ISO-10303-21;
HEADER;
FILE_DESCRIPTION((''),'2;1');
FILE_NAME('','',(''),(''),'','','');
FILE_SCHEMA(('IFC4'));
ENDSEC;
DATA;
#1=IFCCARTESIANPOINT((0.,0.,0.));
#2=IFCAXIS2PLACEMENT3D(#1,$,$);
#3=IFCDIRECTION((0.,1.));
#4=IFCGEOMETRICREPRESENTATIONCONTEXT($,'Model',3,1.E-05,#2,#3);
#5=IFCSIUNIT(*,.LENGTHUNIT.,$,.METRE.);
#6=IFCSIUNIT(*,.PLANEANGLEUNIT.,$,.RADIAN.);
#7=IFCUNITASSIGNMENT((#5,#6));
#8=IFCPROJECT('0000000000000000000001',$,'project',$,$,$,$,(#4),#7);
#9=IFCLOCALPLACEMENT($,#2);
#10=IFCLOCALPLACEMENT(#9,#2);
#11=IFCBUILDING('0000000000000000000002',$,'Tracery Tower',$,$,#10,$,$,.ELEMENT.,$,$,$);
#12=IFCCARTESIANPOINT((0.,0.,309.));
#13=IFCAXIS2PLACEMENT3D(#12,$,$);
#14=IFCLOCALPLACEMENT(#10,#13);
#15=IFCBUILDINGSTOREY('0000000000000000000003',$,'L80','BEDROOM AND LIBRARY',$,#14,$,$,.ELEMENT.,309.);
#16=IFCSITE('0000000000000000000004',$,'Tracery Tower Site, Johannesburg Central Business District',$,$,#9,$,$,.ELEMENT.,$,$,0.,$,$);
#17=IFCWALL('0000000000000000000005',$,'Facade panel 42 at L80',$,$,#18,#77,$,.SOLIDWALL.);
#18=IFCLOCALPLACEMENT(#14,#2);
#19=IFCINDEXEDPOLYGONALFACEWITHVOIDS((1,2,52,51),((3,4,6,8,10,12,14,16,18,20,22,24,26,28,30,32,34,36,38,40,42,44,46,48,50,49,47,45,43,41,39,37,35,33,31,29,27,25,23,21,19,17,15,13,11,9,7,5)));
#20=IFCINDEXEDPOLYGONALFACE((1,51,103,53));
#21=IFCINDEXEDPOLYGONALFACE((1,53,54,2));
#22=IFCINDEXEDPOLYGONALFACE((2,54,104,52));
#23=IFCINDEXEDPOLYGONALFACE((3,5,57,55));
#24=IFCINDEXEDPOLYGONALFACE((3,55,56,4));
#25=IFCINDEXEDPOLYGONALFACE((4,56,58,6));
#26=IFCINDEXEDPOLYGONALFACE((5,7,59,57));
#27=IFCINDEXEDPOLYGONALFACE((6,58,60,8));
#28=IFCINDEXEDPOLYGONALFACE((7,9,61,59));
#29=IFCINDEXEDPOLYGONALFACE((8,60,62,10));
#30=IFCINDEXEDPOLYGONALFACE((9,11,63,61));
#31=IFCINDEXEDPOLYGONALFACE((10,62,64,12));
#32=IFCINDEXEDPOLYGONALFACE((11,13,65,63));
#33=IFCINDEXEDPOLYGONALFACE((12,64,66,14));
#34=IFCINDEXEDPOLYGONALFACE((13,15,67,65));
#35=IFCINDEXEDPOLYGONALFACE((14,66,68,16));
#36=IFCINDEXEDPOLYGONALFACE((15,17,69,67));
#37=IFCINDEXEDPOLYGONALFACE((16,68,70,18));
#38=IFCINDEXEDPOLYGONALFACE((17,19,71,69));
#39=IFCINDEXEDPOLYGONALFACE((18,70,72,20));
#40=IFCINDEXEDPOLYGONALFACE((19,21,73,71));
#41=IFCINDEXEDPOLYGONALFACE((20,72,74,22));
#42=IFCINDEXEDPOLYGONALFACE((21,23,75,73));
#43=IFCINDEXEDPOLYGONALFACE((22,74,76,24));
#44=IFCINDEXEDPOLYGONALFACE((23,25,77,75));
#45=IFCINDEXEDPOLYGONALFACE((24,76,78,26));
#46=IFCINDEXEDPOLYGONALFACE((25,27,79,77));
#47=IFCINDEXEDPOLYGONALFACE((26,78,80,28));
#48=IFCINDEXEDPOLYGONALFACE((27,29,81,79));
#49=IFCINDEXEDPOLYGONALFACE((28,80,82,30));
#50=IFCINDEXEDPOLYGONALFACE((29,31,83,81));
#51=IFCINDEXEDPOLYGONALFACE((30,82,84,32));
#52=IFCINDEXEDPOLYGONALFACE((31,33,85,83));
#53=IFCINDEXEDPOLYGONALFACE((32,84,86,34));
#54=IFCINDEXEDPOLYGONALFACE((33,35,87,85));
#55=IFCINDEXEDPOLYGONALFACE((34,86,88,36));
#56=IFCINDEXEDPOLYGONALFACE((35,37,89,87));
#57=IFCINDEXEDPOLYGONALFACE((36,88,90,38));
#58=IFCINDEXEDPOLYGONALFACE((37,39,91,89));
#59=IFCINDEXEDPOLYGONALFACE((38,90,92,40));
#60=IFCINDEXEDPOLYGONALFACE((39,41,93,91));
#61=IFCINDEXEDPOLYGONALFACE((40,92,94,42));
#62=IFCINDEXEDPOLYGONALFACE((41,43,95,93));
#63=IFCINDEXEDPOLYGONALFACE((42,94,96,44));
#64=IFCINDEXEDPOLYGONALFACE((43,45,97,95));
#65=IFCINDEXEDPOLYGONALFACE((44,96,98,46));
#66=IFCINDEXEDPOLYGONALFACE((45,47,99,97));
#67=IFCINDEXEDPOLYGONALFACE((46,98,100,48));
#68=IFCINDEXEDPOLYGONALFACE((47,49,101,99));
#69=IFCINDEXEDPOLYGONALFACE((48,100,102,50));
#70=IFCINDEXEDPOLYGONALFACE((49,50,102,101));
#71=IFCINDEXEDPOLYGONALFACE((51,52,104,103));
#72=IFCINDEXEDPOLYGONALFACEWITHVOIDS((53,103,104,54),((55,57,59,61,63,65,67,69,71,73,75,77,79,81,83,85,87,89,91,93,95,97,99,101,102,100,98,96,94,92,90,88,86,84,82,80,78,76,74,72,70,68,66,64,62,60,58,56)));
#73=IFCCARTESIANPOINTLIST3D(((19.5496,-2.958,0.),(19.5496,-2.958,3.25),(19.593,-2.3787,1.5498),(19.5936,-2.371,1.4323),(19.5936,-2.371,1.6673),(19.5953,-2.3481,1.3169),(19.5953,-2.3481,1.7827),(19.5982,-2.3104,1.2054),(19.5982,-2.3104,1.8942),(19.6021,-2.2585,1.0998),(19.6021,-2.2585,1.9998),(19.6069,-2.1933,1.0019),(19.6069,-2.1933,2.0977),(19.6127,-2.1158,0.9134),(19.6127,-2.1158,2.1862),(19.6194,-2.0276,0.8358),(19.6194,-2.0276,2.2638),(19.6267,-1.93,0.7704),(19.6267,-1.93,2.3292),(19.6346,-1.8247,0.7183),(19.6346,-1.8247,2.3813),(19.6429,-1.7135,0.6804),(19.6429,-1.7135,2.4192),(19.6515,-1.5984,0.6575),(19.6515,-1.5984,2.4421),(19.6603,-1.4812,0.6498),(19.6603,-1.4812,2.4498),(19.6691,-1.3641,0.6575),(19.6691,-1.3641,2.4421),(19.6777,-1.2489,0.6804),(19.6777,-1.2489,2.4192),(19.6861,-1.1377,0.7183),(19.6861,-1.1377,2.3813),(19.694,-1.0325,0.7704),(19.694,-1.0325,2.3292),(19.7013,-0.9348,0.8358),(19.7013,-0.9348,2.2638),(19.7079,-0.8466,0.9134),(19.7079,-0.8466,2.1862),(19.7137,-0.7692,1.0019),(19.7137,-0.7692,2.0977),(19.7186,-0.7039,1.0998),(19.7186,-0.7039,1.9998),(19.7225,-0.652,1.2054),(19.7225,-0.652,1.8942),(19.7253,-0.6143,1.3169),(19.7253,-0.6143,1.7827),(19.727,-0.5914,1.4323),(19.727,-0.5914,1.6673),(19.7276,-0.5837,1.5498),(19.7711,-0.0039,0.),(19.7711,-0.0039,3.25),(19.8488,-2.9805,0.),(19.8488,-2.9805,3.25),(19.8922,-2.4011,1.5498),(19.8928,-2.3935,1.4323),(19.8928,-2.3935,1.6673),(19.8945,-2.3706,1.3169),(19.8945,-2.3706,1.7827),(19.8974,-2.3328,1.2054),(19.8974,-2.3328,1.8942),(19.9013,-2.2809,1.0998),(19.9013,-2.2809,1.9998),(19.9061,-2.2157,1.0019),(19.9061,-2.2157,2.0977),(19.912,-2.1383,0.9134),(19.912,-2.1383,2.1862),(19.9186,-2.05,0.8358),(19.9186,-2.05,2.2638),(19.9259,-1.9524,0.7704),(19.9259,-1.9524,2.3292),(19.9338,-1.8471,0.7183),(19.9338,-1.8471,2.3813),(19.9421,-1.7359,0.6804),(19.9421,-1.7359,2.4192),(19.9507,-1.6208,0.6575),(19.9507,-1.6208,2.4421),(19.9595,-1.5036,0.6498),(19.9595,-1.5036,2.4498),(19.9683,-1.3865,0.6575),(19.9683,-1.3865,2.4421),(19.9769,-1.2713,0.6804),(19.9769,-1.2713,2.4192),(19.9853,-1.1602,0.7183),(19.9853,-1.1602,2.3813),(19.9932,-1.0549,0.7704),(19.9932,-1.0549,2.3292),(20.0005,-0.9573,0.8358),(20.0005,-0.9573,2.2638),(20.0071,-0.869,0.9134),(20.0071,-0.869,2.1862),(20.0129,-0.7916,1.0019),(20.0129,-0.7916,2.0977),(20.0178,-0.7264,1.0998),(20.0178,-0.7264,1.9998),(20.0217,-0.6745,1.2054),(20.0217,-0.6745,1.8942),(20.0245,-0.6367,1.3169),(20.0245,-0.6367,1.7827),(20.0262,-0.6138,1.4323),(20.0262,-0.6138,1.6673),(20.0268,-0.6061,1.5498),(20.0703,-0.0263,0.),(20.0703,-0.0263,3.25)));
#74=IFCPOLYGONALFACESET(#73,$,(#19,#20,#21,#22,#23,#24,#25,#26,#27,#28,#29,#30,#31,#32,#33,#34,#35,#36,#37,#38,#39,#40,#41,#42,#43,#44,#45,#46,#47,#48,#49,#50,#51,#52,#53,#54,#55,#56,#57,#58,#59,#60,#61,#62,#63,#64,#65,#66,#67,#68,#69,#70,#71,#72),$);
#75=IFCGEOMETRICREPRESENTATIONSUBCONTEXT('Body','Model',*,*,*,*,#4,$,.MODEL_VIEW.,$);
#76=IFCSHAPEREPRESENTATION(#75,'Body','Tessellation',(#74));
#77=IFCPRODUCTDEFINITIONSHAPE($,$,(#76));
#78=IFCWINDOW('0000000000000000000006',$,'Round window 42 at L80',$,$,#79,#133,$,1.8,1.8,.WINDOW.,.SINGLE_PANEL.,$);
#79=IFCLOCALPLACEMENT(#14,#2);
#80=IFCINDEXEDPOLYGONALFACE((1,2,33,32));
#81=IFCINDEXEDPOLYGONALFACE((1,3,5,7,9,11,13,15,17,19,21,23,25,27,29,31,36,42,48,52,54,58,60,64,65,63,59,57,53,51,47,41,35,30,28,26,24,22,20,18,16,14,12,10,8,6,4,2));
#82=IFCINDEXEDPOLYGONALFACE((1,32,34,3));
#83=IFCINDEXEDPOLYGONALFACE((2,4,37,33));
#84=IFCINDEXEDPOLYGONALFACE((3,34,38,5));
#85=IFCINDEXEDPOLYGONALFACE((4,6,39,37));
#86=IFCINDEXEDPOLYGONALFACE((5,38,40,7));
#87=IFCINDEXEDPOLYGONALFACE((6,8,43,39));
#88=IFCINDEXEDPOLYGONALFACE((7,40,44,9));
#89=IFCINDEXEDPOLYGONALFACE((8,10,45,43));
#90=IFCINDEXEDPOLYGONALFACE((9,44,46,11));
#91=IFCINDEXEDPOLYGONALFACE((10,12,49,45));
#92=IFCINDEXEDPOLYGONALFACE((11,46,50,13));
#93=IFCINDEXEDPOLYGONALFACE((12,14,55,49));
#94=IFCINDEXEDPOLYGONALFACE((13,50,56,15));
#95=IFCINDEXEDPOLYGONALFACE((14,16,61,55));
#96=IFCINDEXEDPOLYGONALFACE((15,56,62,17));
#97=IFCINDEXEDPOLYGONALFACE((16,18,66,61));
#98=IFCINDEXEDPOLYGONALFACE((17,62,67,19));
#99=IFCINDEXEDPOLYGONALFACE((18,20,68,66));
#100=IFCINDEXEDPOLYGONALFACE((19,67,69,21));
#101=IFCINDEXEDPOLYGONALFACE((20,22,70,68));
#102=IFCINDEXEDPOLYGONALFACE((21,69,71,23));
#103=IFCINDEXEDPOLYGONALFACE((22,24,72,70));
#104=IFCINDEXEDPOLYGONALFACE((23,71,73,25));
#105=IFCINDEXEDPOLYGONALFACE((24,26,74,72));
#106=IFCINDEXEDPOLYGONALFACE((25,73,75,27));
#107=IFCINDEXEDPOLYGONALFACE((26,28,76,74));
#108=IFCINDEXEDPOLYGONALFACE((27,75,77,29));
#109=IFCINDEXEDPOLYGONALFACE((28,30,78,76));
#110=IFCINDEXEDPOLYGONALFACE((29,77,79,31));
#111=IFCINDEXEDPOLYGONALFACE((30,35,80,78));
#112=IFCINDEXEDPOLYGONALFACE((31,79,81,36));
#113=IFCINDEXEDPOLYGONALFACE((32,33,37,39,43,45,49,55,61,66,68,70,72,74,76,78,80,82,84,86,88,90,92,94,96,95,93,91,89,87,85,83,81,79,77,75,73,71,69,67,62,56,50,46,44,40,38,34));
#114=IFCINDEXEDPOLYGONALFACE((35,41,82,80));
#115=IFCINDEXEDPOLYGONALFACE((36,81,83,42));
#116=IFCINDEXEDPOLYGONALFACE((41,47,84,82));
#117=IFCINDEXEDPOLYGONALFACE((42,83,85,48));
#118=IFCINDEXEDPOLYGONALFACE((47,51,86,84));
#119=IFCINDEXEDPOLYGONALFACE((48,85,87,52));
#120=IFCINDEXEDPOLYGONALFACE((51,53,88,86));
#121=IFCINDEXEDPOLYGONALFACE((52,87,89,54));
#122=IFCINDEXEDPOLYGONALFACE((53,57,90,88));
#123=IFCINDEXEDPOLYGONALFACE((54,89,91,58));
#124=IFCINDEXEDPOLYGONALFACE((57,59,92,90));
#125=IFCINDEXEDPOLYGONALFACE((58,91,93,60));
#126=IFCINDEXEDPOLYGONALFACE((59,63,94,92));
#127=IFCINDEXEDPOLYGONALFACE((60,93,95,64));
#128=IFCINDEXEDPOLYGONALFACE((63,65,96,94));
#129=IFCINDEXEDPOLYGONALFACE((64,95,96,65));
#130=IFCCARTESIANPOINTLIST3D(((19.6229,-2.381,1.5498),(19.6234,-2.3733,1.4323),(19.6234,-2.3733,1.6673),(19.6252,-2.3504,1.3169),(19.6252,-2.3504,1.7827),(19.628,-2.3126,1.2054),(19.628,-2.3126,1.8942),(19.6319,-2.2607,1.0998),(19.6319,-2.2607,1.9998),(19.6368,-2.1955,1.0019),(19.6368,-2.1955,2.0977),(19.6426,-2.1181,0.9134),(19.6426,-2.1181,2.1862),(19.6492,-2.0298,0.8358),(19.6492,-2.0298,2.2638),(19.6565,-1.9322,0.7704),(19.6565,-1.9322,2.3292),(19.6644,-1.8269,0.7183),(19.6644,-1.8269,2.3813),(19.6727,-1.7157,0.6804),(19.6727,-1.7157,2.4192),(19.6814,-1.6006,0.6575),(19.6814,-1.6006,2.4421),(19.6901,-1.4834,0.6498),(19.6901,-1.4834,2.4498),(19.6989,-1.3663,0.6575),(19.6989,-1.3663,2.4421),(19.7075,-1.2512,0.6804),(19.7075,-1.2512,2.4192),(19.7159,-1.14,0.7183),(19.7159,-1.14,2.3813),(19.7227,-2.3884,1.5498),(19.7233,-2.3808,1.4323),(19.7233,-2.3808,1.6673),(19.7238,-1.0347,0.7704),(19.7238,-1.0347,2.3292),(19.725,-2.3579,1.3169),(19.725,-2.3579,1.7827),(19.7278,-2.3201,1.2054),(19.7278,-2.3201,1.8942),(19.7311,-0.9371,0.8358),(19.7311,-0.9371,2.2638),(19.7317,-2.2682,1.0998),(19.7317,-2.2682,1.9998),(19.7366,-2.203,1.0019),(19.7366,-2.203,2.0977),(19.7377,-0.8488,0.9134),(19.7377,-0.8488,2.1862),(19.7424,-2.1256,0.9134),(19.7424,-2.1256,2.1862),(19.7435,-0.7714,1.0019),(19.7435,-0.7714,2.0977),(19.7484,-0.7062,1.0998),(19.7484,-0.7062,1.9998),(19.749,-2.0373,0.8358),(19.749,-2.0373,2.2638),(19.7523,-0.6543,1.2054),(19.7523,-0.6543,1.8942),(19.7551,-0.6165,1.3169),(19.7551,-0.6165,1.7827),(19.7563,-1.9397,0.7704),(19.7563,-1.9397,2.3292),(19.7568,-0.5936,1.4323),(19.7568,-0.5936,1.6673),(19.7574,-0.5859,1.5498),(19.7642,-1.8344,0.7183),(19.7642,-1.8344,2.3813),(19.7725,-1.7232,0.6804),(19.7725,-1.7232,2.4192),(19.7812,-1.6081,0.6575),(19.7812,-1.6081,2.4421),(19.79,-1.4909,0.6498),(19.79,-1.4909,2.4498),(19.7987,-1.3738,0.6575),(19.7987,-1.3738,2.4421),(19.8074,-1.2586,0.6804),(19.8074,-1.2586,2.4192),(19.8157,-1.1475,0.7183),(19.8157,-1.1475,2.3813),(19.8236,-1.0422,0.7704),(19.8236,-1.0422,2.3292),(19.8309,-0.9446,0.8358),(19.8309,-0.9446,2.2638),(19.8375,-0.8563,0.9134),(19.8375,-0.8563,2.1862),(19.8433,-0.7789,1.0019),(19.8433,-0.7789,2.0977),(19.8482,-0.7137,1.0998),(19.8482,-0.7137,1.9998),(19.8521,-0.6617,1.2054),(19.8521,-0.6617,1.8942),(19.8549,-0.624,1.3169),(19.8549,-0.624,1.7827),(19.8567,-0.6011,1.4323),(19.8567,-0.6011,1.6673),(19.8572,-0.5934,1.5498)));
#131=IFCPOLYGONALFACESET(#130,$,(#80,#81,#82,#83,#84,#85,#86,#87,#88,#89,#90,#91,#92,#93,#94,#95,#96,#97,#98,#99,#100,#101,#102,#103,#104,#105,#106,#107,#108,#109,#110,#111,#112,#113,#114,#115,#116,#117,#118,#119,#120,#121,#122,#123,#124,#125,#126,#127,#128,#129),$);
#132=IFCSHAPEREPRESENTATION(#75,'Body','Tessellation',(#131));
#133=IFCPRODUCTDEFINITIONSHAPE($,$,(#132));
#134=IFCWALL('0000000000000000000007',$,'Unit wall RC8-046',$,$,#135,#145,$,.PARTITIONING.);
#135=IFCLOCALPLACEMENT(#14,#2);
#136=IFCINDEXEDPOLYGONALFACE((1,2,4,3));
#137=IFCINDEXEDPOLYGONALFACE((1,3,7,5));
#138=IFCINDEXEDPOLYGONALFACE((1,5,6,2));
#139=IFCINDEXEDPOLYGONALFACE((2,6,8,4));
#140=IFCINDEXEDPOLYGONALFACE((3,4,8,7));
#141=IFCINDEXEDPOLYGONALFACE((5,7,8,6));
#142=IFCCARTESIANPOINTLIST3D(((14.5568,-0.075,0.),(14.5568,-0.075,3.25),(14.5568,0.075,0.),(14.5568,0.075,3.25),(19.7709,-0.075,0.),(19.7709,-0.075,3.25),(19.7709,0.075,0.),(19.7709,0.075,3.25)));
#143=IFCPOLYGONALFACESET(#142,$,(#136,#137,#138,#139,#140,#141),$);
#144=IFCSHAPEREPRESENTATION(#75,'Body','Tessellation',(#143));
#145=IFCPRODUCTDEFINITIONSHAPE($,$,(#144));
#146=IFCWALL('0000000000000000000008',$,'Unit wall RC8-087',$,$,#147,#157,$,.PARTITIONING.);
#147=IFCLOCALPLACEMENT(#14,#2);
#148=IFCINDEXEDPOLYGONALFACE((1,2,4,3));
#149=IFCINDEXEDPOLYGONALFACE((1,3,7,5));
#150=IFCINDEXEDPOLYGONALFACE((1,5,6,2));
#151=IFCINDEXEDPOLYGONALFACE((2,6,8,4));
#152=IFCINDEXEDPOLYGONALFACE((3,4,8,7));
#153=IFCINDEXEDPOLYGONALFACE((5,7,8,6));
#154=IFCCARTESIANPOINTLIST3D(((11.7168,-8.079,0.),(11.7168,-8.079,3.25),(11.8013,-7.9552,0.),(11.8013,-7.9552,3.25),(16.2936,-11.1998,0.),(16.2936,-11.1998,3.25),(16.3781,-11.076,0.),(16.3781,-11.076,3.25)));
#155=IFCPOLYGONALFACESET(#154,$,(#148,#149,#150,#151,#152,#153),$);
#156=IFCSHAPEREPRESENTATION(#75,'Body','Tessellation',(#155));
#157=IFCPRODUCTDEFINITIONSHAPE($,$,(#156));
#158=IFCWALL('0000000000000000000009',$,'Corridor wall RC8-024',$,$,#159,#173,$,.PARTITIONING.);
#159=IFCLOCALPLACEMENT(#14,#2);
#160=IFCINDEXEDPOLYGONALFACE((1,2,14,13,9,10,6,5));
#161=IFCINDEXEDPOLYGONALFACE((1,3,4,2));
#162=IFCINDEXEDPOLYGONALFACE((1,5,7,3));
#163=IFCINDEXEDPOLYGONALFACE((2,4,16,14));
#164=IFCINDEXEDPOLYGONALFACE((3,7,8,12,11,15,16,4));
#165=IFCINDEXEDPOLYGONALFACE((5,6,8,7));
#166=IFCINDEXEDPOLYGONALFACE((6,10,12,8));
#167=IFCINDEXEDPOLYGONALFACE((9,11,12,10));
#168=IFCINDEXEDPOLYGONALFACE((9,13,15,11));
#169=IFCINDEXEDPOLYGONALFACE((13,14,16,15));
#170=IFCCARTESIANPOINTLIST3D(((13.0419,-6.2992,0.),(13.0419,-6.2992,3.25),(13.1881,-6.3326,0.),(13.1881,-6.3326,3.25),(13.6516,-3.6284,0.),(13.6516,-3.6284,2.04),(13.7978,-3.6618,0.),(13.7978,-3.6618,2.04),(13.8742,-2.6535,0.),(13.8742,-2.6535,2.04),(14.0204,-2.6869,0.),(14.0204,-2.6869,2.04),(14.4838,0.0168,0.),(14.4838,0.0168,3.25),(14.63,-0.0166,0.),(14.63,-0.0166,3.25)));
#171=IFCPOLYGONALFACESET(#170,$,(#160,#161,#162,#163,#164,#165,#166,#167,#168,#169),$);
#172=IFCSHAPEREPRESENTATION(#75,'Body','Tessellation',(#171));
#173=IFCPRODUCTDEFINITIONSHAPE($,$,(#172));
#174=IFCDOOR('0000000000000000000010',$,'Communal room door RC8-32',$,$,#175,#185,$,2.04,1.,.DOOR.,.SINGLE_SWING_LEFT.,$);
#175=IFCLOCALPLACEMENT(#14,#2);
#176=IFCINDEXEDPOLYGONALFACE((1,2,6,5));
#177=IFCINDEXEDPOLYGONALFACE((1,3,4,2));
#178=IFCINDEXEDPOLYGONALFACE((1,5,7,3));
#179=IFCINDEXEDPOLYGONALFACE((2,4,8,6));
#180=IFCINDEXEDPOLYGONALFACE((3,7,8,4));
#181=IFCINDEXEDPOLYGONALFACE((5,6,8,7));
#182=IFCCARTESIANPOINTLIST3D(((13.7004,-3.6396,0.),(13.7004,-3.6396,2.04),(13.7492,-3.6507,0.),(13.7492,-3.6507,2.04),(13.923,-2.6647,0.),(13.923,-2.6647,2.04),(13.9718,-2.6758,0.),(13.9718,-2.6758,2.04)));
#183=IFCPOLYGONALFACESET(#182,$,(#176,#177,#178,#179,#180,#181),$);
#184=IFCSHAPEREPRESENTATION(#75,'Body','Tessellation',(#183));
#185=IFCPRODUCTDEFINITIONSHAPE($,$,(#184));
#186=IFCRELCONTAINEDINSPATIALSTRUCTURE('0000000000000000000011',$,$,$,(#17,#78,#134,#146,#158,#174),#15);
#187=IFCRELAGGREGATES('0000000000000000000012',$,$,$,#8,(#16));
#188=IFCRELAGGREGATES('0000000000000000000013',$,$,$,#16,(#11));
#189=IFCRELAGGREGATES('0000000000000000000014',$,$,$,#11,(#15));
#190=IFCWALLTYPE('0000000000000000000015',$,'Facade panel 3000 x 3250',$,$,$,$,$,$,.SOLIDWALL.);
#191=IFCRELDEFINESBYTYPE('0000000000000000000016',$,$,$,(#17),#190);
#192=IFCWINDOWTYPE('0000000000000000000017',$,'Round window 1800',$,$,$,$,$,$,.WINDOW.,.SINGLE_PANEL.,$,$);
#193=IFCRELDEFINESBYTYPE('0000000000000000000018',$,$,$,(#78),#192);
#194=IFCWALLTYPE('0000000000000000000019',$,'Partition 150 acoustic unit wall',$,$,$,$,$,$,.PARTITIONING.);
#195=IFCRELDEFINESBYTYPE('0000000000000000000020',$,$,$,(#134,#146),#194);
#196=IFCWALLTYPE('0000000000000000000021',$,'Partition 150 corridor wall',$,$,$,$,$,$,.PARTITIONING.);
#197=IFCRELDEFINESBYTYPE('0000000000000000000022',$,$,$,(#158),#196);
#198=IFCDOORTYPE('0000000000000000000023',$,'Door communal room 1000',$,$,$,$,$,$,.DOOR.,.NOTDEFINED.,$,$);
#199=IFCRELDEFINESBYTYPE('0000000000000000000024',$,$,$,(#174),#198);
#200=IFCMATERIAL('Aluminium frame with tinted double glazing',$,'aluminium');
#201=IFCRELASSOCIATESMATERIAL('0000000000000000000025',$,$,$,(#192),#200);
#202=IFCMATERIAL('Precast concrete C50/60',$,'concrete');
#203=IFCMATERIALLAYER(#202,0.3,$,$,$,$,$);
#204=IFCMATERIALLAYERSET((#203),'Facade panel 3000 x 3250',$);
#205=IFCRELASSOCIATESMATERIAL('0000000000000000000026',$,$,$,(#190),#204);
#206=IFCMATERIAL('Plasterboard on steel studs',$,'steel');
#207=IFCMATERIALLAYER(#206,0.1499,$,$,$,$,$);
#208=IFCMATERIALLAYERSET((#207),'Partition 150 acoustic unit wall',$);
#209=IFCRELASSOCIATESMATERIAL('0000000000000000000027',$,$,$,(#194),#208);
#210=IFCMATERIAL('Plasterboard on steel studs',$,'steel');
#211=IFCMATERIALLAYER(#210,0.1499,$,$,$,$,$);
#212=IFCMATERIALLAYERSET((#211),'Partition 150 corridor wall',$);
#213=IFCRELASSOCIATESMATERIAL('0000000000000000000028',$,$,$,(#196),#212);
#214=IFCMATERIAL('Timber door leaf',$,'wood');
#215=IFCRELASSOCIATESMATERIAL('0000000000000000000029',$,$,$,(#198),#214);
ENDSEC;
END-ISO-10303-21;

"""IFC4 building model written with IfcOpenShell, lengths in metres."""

from ifc_helpers import new_model, si_unit, direction, frame, frame_2d, origin, origin_2d, place, context, subcontext, project, spatial, rectangle, circle, extrude, material, layer, layer_set, type_object, element, fill, save


model = new_model("IFC4")

# Units and contexts
model_context = context("Model", 3, precision=1e-05, world=origin(), true_north=direction((0.0, 1.0)))
body_context = subcontext(model_context, "Body", "Model", "MODEL_VIEW")
ifc_project = project(units=[si_unit("LENGTHUNIT", "METRE"), si_unit("PLANEANGLEUNIT", "RADIAN")], contexts=[model_context])

# Site, building, storey
site_placement = place(None, origin())
site = spatial("IfcSite", under=ifc_project, at=site_placement, Name="Tracery Tower Site, Johannesburg Central Business District", CompositionType="ELEMENT", RefElevation=0.0)
building_placement = place(site_placement, origin())
building = spatial("IfcBuilding", under=site, at=building_placement, Name="Tracery Tower", CompositionType="ELEMENT")
storey_placement = place(building_placement, frame((0.0, 0.0, 309.0)))
storey = spatial("IfcBuildingStorey", under=building, at=storey_placement, Name="L80", Description="BEDROOM AND LIBRARY", CompositionType="ELEMENT", Elevation=309.0)

# Wall, opening, window
ifc_material_1 = material(Name="Aluminium frame with tinted double glazing", Category="aluminium")
window_type = type_object("IfcWindowType", Name="Round window 1800", PartitioningType="SINGLE_PANEL", PredefinedType="WINDOW", material=ifc_material_1)
ifc_material_2 = material(Name="Precast concrete C50/60", Category="concrete")
ifc_layer_1 = layer(ifc_material_2, 0.3)
ifc_layer_set_1 = layer_set([ifc_layer_1], Name="Facade panel 3000 x 3250")
wall_type_1 = type_object("IfcWallType", Name="Facade panel 3000 x 3250", PredefinedType="SOLIDWALL", material=ifc_layer_set_1)
wall_1_placement = place(storey_placement, frame((19.6992, -2.9692, 0.0), z_axis=(0.0, 0.0, 1.0), x_axis=(0.074749, 0.997202, 0.0)))
wall_1 = element("IfcWall", 1, at=wall_1_placement, inside=storey, type_object=wall_type_1, Name="Facade panel 42 at L80", PredefinedType="SOLIDWALL", context=body_context, shape_type="SweptSolid", body=[
    extrude(rectangle(XDim=2.9624, YDim=0.3, at=frame_2d((1.4812, 0.0))), origin(), (0.0, 0.0, 1.0), 3.25),
])
opening_1_placement = place(wall_1_placement, frame((1.481, 0.0, 1.5498)))
opening_1 = element("IfcOpeningElement", 2, at=opening_1_placement, cuts=wall_1, PredefinedType="OPENING", context=body_context, shape_type="SweptSolid", body=[
    extrude(circle(Radius=0.9, at=origin_2d()), frame((0.0, 0.1599, 0.0), z_axis=(0.0, -1.0, 0.0), x_axis=(1.0, 0.0, 0.0)), (0.0, 0.0, 1.0), 0.3201),
])
window_1_placement = place(opening_1_placement, origin())
window_1 = element("IfcWindow", 3, at=window_1_placement, inside=storey, type_object=window_type, Name="Round window 42 at L80", OverallHeight=1.8, OverallWidth=1.8, PartitioningType="SINGLE_PANEL", PredefinedType="WINDOW", context=body_context, shape_type="SweptSolid", body=[
    extrude(circle(Radius=0.9, at=origin_2d()), frame((0.0, 0.1201, 0.0), z_axis=(0.0, -1.0, 0.0), x_axis=(1.0, 0.0, 0.0)), (0.0, 0.0, 1.0), 0.1001),
])
fill(opening_1, window_1)

# Walls
ifc_material_3 = material(Name="Plasterboard on steel studs", Category="steel")
ifc_layer_2 = layer(ifc_material_3, 0.1499)
ifc_layer_set_2 = layer_set([ifc_layer_2], Name="Partition 150 acoustic unit wall")
wall_type_2 = type_object("IfcWallType", Name="Partition 150 acoustic unit wall", PredefinedType="PARTITIONING", material=ifc_layer_set_2)
wall_2_placement = place(storey_placement, frame((14.5569, 0.0, 0.0), z_axis=(0.0, 0.0, 1.0), x_axis=(1.0, 0.0, 0.0)))
element("IfcWall", 4, at=wall_2_placement, inside=storey, type_object=wall_type_2, Name="Unit wall RC8-046", PredefinedType="PARTITIONING", context=body_context, shape_type="SweptSolid", body=[
    extrude(rectangle(XDim=5.2141, YDim=0.1499, at=frame_2d((2.6069, 0.0))), origin(), (0.0, 0.0, 1.0), 3.25),
])
wall_3_placement = place(storey_placement, frame((11.759, -8.0171, 0.0), z_axis=(0.0, 0.0, 1.0), x_axis=(0.826208, -0.563366, 0.0)))
element("IfcWall", 5, at=wall_3_placement, inside=storey, type_object=wall_type_2, Name="Unit wall RC8-087", PredefinedType="PARTITIONING", context=body_context, shape_type="SweptSolid", body=[
    extrude(rectangle(XDim=5.5396, YDim=0.1499, at=frame_2d((2.7698, 0.0))), origin(), (0.0, 0.0, 1.0), 3.25),
])

# Wall, opening, door
ifc_material_4 = material(Name="Plasterboard on steel studs", Category="steel")
ifc_layer_3 = layer(ifc_material_4, 0.1499)
ifc_layer_set_3 = layer_set([ifc_layer_3], Name="Partition 150 corridor wall")
wall_type_3 = type_object("IfcWallType", Name="Partition 150 corridor wall", PredefinedType="PARTITIONING", material=ifc_layer_set_3)
wall_4_placement = place(storey_placement, frame((13.115, -6.3159, 0.0), z_axis=(0.0, 0.0, 1.0), x_axis=(0.222569, 0.974917, 0.0)))
wall_4 = element("IfcWall", 6, at=wall_4_placement, inside=storey, type_object=wall_type_3, Name="Corridor wall RC8-024", PredefinedType="PARTITIONING", context=body_context, shape_type="SweptSolid", body=[
    extrude(rectangle(XDim=6.4785, YDim=0.1499, at=frame_2d((3.2393, 0.0))), origin(), (0.0, 0.0, 1.0), 3.25),
])
opening_2_placement = place(wall_4_placement, frame((2.7395, 0.0, 0.0)))
opening_2 = element("IfcOpeningElement", 7, at=opening_2_placement, cuts=wall_4, PredefinedType="OPENING", context=body_context, shape_type="SweptSolid", body=[
    extrude(rectangle(XDim=1.0, YDim=2.04, at=frame_2d((0.5, 1.02))), frame((0.0, 0.075, 0.0), z_axis=(0.0, -1.0, 0.0), x_axis=(1.0, 0.0, 0.0)), (0.0, 0.0, 1.0), 0.1499),
])
ifc_material_5 = material(Name="Timber door leaf", Category="wood")
door_type_1 = type_object("IfcDoorType", Name="Door communal room 1000", OperationType="NOTDEFINED", PredefinedType="DOOR", material=ifc_material_5)
door_1_placement = place(opening_2_placement, origin())
door_1 = element("IfcDoor", 8, at=door_1_placement, inside=storey, type_object=door_type_1, Name="Communal room door RC8-32", OperationType="SINGLE_SWING_LEFT", OverallHeight=2.04, OverallWidth=1.0, PredefinedType="DOOR", context=body_context, shape_type="SweptSolid", body=[
    extrude(rectangle(XDim=1.0, YDim=2.04, at=frame_2d((0.5, 1.02))), frame((0.0, 0.0249, 0.0), z_axis=(0.0, -1.0, 0.0), x_axis=(1.0, 0.0, 0.0)), (0.0, 0.0, 1.0), 0.05),
])
fill(opening_2, door_1)

save(model, "model.ifc")
